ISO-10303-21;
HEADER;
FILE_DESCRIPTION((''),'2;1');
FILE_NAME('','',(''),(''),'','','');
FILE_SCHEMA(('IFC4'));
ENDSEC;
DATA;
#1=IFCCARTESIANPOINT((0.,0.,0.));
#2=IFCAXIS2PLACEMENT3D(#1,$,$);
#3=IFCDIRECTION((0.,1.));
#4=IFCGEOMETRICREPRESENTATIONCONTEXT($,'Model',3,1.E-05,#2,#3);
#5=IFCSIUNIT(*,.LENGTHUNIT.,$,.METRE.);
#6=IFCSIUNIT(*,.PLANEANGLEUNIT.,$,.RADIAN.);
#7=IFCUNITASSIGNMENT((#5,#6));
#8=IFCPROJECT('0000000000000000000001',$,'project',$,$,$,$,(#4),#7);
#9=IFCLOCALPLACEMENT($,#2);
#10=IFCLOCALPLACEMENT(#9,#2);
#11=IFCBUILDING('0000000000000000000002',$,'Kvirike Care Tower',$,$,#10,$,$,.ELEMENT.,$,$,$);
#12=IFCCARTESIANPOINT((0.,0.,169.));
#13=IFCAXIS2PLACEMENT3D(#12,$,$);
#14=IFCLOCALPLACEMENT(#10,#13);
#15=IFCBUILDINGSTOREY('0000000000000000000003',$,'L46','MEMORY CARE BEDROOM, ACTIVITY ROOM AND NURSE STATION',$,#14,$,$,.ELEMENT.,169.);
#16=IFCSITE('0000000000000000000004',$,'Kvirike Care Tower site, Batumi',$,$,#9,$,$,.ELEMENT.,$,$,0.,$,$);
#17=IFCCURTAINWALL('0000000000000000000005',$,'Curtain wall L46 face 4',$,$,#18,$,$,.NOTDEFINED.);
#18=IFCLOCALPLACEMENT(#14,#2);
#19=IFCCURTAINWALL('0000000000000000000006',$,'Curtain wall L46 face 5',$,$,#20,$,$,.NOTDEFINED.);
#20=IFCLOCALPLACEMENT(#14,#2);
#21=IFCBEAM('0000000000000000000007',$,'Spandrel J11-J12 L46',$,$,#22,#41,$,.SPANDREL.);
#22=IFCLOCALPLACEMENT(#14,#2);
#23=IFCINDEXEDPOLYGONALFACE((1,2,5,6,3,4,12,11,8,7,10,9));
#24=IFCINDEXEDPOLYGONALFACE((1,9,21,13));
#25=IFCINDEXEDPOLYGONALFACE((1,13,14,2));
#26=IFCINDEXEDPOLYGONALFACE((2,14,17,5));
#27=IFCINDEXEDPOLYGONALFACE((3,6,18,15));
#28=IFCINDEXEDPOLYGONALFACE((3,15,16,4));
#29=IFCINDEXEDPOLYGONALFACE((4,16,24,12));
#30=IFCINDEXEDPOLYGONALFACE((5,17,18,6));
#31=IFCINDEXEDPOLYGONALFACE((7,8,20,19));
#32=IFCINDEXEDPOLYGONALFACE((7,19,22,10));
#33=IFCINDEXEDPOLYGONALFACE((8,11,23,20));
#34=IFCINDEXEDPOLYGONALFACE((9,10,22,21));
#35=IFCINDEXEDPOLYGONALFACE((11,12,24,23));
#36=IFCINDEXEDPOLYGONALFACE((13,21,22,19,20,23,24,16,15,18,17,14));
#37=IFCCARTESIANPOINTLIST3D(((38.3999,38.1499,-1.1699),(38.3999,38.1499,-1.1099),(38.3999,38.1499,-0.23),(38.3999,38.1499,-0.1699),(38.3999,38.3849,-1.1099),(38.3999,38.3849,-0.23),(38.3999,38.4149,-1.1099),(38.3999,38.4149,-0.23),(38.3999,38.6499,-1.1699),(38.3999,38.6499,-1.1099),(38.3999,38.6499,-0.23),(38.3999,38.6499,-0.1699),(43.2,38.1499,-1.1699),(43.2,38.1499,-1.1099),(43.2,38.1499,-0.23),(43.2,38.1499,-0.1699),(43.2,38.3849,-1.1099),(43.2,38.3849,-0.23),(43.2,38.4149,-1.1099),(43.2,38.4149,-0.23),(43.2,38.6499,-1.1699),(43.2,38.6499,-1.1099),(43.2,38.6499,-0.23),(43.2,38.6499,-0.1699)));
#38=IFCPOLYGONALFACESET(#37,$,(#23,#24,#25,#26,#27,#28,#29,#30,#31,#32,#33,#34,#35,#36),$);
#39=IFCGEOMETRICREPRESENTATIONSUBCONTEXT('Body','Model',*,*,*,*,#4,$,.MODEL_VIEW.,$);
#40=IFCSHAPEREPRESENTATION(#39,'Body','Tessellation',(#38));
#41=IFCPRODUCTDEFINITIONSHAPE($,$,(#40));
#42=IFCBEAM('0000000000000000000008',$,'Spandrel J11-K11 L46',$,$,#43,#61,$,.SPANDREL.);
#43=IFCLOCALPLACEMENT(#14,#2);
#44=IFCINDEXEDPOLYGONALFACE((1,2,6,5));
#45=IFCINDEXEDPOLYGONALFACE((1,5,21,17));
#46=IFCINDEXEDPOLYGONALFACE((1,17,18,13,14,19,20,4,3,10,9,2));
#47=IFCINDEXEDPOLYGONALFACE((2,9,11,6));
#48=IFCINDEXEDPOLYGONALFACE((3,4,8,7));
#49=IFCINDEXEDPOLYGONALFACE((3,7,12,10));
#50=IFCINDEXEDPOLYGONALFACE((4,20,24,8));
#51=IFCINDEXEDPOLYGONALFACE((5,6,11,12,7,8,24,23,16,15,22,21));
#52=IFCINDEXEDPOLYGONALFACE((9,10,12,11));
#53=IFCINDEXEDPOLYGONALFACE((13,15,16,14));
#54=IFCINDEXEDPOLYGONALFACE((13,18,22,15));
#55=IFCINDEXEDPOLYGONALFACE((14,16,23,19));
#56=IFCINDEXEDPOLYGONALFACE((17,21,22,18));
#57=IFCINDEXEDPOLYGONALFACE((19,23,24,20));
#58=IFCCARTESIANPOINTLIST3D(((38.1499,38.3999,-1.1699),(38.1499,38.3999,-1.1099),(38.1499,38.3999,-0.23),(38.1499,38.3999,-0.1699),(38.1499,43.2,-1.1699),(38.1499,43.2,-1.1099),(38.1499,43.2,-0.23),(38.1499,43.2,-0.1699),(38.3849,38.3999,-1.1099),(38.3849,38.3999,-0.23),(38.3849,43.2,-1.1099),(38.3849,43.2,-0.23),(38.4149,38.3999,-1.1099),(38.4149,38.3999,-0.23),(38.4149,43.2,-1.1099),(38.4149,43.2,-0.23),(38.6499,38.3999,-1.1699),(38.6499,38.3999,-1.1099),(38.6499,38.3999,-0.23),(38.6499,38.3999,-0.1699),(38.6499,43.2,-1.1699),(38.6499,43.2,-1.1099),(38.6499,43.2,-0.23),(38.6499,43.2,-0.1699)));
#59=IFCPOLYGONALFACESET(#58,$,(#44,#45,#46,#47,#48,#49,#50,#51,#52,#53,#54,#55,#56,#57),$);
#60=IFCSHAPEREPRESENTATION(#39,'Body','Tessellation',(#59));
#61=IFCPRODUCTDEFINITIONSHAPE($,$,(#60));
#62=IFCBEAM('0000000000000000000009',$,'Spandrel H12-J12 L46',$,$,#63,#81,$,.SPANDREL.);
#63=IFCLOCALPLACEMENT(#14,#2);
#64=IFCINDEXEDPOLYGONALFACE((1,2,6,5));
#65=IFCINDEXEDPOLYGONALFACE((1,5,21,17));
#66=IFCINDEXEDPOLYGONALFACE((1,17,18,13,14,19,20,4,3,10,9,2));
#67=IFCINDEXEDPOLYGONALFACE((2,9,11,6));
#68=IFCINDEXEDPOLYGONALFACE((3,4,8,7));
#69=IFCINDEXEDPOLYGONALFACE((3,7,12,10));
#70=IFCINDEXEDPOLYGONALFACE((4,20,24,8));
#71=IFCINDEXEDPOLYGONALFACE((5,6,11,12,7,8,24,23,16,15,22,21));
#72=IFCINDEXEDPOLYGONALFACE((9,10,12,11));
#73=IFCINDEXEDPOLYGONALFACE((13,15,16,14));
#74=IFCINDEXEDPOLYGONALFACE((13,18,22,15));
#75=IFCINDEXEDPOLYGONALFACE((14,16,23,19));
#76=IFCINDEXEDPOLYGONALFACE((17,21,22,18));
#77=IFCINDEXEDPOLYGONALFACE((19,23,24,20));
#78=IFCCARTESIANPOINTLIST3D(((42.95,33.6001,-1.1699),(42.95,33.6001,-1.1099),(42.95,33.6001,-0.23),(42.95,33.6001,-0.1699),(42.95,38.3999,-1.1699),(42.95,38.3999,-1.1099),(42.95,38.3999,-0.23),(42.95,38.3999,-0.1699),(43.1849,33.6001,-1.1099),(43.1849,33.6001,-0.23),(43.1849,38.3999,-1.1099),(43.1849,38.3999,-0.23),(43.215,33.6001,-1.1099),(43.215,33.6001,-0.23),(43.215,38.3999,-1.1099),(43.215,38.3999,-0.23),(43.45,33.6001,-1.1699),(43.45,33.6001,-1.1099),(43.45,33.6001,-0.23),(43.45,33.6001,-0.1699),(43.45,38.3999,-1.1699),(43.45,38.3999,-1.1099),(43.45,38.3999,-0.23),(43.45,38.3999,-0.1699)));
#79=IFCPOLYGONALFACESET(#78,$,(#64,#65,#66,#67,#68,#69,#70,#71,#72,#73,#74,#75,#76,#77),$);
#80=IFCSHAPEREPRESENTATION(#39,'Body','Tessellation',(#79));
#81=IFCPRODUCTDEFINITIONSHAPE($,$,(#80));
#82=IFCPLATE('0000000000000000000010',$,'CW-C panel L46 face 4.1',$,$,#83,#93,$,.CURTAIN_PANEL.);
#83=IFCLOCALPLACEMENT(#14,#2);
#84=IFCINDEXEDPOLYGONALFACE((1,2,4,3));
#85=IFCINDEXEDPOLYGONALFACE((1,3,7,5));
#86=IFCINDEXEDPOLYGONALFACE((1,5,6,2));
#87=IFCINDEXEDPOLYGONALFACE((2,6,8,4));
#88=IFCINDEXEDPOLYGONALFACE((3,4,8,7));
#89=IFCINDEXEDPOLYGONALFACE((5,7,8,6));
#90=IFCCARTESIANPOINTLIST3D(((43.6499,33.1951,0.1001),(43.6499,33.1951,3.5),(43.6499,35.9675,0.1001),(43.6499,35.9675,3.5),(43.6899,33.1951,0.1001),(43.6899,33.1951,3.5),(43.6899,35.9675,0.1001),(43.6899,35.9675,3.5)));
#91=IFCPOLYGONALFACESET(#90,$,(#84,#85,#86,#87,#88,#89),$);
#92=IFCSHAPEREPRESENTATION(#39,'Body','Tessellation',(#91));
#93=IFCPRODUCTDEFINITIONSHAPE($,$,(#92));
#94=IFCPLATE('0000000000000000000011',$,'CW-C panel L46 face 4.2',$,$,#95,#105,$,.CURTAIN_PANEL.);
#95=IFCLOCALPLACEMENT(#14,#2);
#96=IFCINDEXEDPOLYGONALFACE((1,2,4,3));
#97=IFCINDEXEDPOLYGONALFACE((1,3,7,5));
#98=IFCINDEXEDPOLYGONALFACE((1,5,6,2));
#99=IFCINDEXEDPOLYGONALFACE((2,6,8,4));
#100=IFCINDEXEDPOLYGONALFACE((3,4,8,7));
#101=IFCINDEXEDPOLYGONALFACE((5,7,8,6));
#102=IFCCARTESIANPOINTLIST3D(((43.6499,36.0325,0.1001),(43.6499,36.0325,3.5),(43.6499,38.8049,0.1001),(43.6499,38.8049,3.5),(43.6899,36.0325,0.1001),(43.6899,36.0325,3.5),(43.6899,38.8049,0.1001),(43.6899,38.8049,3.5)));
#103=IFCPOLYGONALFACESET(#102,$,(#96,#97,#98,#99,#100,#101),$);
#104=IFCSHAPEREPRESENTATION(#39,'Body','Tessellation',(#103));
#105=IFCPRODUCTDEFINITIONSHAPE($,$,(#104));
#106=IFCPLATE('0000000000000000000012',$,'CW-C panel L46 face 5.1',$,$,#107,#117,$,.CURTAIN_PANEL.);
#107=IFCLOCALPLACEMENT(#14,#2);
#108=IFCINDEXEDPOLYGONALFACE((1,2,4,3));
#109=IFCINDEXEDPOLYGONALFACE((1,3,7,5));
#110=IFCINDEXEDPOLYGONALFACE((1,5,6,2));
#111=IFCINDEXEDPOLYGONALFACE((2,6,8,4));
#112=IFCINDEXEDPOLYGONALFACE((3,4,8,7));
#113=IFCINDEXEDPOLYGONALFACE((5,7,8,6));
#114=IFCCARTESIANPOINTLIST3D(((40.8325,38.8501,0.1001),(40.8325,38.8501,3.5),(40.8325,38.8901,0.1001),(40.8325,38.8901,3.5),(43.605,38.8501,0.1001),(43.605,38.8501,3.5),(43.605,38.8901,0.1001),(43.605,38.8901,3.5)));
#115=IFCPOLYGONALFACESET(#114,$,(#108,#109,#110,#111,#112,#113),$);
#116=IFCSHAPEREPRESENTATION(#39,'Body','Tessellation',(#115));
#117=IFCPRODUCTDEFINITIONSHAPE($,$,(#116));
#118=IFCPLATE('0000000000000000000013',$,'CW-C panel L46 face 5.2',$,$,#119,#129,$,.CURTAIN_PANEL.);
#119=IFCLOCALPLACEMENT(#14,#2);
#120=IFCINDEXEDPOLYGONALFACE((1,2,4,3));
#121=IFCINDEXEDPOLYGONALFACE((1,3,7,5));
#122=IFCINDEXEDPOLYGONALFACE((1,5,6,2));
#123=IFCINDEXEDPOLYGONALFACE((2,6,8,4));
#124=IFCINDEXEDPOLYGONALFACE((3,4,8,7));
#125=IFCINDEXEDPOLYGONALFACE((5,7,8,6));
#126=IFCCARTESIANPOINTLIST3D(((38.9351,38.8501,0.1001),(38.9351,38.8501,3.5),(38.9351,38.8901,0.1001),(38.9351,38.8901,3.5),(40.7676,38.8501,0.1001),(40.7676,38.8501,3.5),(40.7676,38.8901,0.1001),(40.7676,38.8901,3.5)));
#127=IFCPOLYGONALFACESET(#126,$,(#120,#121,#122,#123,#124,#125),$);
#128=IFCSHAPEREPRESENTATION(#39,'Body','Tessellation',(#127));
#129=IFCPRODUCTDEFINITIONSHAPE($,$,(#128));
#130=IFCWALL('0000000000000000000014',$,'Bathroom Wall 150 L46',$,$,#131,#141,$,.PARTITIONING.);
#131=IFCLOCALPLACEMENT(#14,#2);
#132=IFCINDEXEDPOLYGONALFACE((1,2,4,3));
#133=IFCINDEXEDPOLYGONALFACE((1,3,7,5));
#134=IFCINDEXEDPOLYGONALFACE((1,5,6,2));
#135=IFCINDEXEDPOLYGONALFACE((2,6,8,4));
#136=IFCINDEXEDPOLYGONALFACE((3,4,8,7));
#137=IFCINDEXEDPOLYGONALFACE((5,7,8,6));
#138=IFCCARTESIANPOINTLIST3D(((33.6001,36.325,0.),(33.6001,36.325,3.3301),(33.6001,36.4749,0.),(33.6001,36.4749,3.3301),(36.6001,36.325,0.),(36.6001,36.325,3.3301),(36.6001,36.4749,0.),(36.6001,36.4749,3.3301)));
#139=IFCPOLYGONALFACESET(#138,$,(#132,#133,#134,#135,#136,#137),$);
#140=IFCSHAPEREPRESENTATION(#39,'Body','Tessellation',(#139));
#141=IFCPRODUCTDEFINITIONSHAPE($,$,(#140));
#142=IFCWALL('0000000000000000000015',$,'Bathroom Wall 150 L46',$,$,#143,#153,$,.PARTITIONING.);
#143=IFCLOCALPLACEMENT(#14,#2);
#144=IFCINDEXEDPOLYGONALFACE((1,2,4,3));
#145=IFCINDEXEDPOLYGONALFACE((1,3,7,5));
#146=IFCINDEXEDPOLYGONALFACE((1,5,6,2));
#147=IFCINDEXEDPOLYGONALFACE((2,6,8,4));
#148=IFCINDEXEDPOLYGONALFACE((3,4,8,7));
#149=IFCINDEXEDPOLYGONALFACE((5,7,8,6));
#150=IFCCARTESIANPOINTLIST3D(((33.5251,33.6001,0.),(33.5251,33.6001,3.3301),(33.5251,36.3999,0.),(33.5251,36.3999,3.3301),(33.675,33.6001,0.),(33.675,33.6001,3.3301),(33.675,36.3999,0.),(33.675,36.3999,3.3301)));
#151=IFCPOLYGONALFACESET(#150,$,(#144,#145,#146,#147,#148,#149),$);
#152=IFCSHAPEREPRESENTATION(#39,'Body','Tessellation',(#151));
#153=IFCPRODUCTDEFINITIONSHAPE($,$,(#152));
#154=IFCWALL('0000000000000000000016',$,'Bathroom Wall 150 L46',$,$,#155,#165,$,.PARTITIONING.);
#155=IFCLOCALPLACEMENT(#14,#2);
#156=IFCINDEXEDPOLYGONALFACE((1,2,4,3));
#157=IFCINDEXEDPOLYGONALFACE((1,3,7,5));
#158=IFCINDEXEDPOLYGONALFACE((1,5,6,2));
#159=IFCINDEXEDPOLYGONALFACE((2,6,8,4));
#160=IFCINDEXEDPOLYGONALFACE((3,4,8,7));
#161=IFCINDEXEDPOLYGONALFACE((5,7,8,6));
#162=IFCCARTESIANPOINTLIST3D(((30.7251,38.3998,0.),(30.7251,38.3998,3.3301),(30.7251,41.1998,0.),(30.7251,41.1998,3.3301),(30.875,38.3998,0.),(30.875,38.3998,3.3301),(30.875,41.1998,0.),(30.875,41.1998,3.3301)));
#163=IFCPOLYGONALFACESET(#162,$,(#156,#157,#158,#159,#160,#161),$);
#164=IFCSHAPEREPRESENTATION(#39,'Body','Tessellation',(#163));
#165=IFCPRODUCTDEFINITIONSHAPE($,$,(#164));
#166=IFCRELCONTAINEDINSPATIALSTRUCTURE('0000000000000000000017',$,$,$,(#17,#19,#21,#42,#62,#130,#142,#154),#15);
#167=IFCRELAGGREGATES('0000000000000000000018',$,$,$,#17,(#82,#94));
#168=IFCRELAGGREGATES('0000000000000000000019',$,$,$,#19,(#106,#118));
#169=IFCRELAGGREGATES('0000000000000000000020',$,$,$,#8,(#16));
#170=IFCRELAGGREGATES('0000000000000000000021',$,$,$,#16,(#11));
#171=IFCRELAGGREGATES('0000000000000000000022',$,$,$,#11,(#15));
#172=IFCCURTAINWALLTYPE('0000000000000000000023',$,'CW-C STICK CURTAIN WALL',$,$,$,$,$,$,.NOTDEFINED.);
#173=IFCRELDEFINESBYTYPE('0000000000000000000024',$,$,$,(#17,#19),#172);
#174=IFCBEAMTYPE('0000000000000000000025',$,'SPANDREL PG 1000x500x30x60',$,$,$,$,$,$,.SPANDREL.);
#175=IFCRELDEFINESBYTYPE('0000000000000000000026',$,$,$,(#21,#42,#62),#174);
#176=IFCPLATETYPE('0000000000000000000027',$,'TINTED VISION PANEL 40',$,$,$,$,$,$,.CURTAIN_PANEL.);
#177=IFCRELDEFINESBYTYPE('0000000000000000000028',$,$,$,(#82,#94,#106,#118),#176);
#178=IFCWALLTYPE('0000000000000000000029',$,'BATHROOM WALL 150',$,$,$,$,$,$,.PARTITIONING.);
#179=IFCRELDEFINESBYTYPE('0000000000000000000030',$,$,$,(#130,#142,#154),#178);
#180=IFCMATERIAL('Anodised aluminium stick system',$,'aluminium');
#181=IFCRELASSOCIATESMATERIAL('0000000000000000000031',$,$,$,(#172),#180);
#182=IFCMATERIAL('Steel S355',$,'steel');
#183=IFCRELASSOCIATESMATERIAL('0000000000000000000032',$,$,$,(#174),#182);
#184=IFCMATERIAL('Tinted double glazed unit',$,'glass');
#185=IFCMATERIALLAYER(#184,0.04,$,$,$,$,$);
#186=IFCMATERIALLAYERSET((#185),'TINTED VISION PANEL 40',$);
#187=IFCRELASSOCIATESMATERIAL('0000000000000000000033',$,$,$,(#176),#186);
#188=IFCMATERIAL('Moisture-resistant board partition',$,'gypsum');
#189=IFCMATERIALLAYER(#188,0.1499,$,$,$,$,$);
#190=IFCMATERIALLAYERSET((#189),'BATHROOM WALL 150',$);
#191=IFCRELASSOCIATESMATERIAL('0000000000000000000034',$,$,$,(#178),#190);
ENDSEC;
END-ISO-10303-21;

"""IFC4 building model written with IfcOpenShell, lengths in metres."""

from ifc_helpers import new_model, si_unit, direction, frame, frame_2d, origin, origin_2d, place, context, subcontext, project, spatial, rectangle, i_section, extrude, material, layer, layer_set, material_profile, profile_set, type_object, element, aggregate, save


model = new_model("IFC4")

# Units and contexts
model_context = context("Model", 3, precision=1e-05, world=origin(), true_north=direction((0.0, 1.0)))
body_context = subcontext(model_context, "Body", "Model", "MODEL_VIEW")
ifc_project = project(units=[si_unit("LENGTHUNIT", "METRE"), si_unit("PLANEANGLEUNIT", "RADIAN")], contexts=[model_context])

# Site, building, storey
site_placement = place(None, origin())
site = spatial("IfcSite", under=ifc_project, at=site_placement, Name="Kvirike Care Tower site, Batumi", CompositionType="ELEMENT", RefElevation=0.0)
building_placement = place(site_placement, origin())
building = spatial("IfcBuilding", under=site, at=building_placement, Name="Kvirike Care Tower", CompositionType="ELEMENT")
storey_placement = place(building_placement, frame((0.0, 0.0, 169.0)))
storey = spatial("IfcBuildingStorey", under=building, at=storey_placement, Name="L46", Description="MEMORY CARE BEDROOM, ACTIVITY ROOM AND NURSE STATION", CompositionType="ELEMENT", Elevation=169.0)

# Curtain walls
ifc_material_1 = material(Name="Anodised aluminium stick system", Category="aluminium")
curtain_wall_type = type_object("IfcCurtainWallType", Name="CW-C STICK CURTAIN WALL", PredefinedType="NOTDEFINED", material=ifc_material_1)
curtain_wall_1_placement = place(storey_placement, origin())
curtain_wall_1 = element("IfcCurtainWall", 1, at=curtain_wall_1_placement, inside=storey, type_object=curtain_wall_type, Name="Curtain wall L46 face 4", PredefinedType="NOTDEFINED")
curtain_wall_2_placement = place(storey_placement, origin())
curtain_wall_2 = element("IfcCurtainWall", 2, at=curtain_wall_2_placement, inside=storey, type_object=curtain_wall_type, Name="Curtain wall L46 face 5", PredefinedType="NOTDEFINED")

# Beams
ifc_material_2 = material(Name="Steel S355", Category="steel")
ifc_material_profile_1 = material_profile(ifc_material_2, i_section(OverallWidth=0.5, OverallDepth=1.0, WebThickness=0.03, FlangeThickness=0.0601, at=origin_2d()), Name="PG 1000x500x30x60")
ifc_profile_set_1 = profile_set([ifc_material_profile_1], Name="Steel S355")
beam_type = type_object("IfcBeamType", Name="SPANDREL PG 1000x500x30x60", PredefinedType="SPANDREL", material=ifc_profile_set_1)
for number, where, z_axis, x_axis, name in (
    (3, (38.3999, 38.3999, -0.6699), (1.0, 0.0, 0.0), (0.0, 1.0, 0.0), "Spandrel J11-J12 L46"),
    (4, (38.3999, 38.3999, -0.6699), (0.0, 1.0, 0.0), (-1.0, 0.0, 0.0), "Spandrel J11-K11 L46"),
):
    element("IfcBeam", number, at=place(storey_placement, frame(where, z_axis=z_axis, x_axis=x_axis)), inside=storey, type_object=beam_type, Name=name, PredefinedType="SPANDREL", context=body_context, shape_type="SweptSolid", body=[
        extrude(i_section(OverallWidth=0.5, OverallDepth=1.0, WebThickness=0.03, FlangeThickness=0.0601, at=origin_2d()), origin(), (0.0, 0.0, 1.0), 4.8),
    ])
beam_placement = place(storey_placement, frame((43.2, 33.6001, -0.6699), z_axis=(0.0, 1.0, 0.0), x_axis=(-1.0, 0.0, 0.0)))
element("IfcBeam", 5, at=beam_placement, inside=storey, type_object=beam_type, Name="Spandrel H12-J12 L46", PredefinedType="SPANDREL", context=body_context, shape_type="SweptSolid", body=[
    extrude(i_section(OverallWidth=0.5, OverallDepth=1.0, WebThickness=0.03, FlangeThickness=0.0601, at=origin_2d()), origin(), (0.0, 0.0, 1.0), 4.7998),
])

# Plates
ifc_material_3 = material(Name="Tinted double glazed unit", Category="glass")
ifc_layer_1 = layer(ifc_material_3, 0.04)
ifc_layer_set_1 = layer_set([ifc_layer_1], Name="TINTED VISION PANEL 40")
plate_type = type_object("IfcPlateType", Name="TINTED VISION PANEL 40", PredefinedType="CURTAIN_PANEL", material=ifc_layer_set_1)
plate_1_placement = place(storey_placement, frame((43.6699, 34.5813, 0.1001), z_axis=(0.0, 0.0, 1.0), x_axis=(0.0, 1.0, 0.0)))
plate_1 = element("IfcPlate", 6, at=plate_1_placement, type_object=plate_type, Name="CW-C panel L46 face 4.1", PredefinedType="CURTAIN_PANEL", context=body_context, shape_type="SweptSolid", body=[
    extrude(rectangle(XDim=2.7725, YDim=0.04, at=origin_2d()), origin(), (0.0, 0.0, 1.0), 3.3999),
])
plate_2_placement = place(storey_placement, frame((43.6699, 37.4187, 0.1001), z_axis=(0.0, 0.0, 1.0), x_axis=(0.0, 1.0, 0.0)))
plate_2 = element("IfcPlate", 7, at=plate_2_placement, type_object=plate_type, Name="CW-C panel L46 face 4.2", PredefinedType="CURTAIN_PANEL", context=body_context, shape_type="SweptSolid", body=[
    extrude(rectangle(XDim=2.7725, YDim=0.04, at=origin_2d()), origin(), (0.0, 0.0, 1.0), 3.3999),
])
aggregate(curtain_wall_1, [plate_1, plate_2])
plate_3_placement = place(storey_placement, frame((42.2188, 38.8701, 0.1001), z_axis=(0.0, 0.0, 1.0), x_axis=(-1.0, 0.0, 0.0)))
plate_3 = element("IfcPlate", 8, at=plate_3_placement, type_object=plate_type, Name="CW-C panel L46 face 5.1", PredefinedType="CURTAIN_PANEL", context=body_context, shape_type="SweptSolid", body=[
    extrude(rectangle(XDim=2.7725, YDim=0.04, at=origin_2d()), origin(), (0.0, 0.0, 1.0), 3.3999),
])
plate_4_placement = place(storey_placement, frame((39.8513, 38.8701, 0.1001), z_axis=(0.0, 0.0, 1.0), x_axis=(-1.0, 0.0, 0.0)))
plate_4 = element("IfcPlate", 9, at=plate_4_placement, type_object=plate_type, Name="CW-C panel L46 face 5.2", PredefinedType="CURTAIN_PANEL", context=body_context, shape_type="SweptSolid", body=[
    extrude(rectangle(XDim=1.8325, YDim=0.04, at=origin_2d()), origin(), (0.0, 0.0, 1.0), 3.3999),
])
aggregate(curtain_wall_2, [plate_3, plate_4])

# Walls
ifc_material_4 = material(Name="Moisture-resistant board partition", Category="gypsum")
ifc_layer_2 = layer(ifc_material_4, 0.1499)
ifc_layer_set_2 = layer_set([ifc_layer_2], Name="BATHROOM WALL 150")
wall_type_1 = type_object("IfcWallType", Name="BATHROOM WALL 150", PredefinedType="PARTITIONING", material=ifc_layer_set_2)
wall_1_placement = place(storey_placement, frame((36.6001, 36.3999, 0.0), z_axis=(0.0, 0.0, 1.0), x_axis=(-1.0, 0.0, 0.0)))
element("IfcWall", 10, at=wall_1_placement, inside=storey, type_object=wall_type_1, Name="Bathroom Wall 150 L46", PredefinedType="PARTITIONING", context=body_context, shape_type="SweptSolid", body=[
    extrude(rectangle(XDim=3.0, YDim=0.1499, at=frame_2d((1.5, 0.0))), origin(), (0.0, 0.0, 1.0), 3.3301),
])
wall_2_placement = place(storey_placement, frame((33.6001, 33.6001, 0.0), z_axis=(0.0, 0.0, 1.0), x_axis=(0.0, 1.0, 0.0)))
element("IfcWall", 11, at=wall_2_placement, inside=storey, type_object=wall_type_1, Name="Bathroom Wall 150 L46", PredefinedType="PARTITIONING", context=body_context, shape_type="SweptSolid", body=[
    extrude(rectangle(XDim=2.7998, YDim=0.1499, at=frame_2d((1.3999, 0.0))), origin(), (0.0, 0.0, 1.0), 3.3301),
])
wall_3_placement = place(storey_placement, frame((30.8, 38.3999, 0.0), z_axis=(0.0, 0.0, 1.0), x_axis=(0.0, 1.0, 0.0)))
element("IfcWall", 12, at=wall_3_placement, inside=storey, type_object=wall_type_1, Name="Bathroom Wall 150 L46", PredefinedType="PARTITIONING", context=body_context, shape_type="SweptSolid", body=[
    extrude(rectangle(XDim=2.8, YDim=0.1499, at=frame_2d((1.3999, 0.0))), origin(), (0.0, 0.0, 1.0), 3.3301),
])

save(model, "model.ifc")
